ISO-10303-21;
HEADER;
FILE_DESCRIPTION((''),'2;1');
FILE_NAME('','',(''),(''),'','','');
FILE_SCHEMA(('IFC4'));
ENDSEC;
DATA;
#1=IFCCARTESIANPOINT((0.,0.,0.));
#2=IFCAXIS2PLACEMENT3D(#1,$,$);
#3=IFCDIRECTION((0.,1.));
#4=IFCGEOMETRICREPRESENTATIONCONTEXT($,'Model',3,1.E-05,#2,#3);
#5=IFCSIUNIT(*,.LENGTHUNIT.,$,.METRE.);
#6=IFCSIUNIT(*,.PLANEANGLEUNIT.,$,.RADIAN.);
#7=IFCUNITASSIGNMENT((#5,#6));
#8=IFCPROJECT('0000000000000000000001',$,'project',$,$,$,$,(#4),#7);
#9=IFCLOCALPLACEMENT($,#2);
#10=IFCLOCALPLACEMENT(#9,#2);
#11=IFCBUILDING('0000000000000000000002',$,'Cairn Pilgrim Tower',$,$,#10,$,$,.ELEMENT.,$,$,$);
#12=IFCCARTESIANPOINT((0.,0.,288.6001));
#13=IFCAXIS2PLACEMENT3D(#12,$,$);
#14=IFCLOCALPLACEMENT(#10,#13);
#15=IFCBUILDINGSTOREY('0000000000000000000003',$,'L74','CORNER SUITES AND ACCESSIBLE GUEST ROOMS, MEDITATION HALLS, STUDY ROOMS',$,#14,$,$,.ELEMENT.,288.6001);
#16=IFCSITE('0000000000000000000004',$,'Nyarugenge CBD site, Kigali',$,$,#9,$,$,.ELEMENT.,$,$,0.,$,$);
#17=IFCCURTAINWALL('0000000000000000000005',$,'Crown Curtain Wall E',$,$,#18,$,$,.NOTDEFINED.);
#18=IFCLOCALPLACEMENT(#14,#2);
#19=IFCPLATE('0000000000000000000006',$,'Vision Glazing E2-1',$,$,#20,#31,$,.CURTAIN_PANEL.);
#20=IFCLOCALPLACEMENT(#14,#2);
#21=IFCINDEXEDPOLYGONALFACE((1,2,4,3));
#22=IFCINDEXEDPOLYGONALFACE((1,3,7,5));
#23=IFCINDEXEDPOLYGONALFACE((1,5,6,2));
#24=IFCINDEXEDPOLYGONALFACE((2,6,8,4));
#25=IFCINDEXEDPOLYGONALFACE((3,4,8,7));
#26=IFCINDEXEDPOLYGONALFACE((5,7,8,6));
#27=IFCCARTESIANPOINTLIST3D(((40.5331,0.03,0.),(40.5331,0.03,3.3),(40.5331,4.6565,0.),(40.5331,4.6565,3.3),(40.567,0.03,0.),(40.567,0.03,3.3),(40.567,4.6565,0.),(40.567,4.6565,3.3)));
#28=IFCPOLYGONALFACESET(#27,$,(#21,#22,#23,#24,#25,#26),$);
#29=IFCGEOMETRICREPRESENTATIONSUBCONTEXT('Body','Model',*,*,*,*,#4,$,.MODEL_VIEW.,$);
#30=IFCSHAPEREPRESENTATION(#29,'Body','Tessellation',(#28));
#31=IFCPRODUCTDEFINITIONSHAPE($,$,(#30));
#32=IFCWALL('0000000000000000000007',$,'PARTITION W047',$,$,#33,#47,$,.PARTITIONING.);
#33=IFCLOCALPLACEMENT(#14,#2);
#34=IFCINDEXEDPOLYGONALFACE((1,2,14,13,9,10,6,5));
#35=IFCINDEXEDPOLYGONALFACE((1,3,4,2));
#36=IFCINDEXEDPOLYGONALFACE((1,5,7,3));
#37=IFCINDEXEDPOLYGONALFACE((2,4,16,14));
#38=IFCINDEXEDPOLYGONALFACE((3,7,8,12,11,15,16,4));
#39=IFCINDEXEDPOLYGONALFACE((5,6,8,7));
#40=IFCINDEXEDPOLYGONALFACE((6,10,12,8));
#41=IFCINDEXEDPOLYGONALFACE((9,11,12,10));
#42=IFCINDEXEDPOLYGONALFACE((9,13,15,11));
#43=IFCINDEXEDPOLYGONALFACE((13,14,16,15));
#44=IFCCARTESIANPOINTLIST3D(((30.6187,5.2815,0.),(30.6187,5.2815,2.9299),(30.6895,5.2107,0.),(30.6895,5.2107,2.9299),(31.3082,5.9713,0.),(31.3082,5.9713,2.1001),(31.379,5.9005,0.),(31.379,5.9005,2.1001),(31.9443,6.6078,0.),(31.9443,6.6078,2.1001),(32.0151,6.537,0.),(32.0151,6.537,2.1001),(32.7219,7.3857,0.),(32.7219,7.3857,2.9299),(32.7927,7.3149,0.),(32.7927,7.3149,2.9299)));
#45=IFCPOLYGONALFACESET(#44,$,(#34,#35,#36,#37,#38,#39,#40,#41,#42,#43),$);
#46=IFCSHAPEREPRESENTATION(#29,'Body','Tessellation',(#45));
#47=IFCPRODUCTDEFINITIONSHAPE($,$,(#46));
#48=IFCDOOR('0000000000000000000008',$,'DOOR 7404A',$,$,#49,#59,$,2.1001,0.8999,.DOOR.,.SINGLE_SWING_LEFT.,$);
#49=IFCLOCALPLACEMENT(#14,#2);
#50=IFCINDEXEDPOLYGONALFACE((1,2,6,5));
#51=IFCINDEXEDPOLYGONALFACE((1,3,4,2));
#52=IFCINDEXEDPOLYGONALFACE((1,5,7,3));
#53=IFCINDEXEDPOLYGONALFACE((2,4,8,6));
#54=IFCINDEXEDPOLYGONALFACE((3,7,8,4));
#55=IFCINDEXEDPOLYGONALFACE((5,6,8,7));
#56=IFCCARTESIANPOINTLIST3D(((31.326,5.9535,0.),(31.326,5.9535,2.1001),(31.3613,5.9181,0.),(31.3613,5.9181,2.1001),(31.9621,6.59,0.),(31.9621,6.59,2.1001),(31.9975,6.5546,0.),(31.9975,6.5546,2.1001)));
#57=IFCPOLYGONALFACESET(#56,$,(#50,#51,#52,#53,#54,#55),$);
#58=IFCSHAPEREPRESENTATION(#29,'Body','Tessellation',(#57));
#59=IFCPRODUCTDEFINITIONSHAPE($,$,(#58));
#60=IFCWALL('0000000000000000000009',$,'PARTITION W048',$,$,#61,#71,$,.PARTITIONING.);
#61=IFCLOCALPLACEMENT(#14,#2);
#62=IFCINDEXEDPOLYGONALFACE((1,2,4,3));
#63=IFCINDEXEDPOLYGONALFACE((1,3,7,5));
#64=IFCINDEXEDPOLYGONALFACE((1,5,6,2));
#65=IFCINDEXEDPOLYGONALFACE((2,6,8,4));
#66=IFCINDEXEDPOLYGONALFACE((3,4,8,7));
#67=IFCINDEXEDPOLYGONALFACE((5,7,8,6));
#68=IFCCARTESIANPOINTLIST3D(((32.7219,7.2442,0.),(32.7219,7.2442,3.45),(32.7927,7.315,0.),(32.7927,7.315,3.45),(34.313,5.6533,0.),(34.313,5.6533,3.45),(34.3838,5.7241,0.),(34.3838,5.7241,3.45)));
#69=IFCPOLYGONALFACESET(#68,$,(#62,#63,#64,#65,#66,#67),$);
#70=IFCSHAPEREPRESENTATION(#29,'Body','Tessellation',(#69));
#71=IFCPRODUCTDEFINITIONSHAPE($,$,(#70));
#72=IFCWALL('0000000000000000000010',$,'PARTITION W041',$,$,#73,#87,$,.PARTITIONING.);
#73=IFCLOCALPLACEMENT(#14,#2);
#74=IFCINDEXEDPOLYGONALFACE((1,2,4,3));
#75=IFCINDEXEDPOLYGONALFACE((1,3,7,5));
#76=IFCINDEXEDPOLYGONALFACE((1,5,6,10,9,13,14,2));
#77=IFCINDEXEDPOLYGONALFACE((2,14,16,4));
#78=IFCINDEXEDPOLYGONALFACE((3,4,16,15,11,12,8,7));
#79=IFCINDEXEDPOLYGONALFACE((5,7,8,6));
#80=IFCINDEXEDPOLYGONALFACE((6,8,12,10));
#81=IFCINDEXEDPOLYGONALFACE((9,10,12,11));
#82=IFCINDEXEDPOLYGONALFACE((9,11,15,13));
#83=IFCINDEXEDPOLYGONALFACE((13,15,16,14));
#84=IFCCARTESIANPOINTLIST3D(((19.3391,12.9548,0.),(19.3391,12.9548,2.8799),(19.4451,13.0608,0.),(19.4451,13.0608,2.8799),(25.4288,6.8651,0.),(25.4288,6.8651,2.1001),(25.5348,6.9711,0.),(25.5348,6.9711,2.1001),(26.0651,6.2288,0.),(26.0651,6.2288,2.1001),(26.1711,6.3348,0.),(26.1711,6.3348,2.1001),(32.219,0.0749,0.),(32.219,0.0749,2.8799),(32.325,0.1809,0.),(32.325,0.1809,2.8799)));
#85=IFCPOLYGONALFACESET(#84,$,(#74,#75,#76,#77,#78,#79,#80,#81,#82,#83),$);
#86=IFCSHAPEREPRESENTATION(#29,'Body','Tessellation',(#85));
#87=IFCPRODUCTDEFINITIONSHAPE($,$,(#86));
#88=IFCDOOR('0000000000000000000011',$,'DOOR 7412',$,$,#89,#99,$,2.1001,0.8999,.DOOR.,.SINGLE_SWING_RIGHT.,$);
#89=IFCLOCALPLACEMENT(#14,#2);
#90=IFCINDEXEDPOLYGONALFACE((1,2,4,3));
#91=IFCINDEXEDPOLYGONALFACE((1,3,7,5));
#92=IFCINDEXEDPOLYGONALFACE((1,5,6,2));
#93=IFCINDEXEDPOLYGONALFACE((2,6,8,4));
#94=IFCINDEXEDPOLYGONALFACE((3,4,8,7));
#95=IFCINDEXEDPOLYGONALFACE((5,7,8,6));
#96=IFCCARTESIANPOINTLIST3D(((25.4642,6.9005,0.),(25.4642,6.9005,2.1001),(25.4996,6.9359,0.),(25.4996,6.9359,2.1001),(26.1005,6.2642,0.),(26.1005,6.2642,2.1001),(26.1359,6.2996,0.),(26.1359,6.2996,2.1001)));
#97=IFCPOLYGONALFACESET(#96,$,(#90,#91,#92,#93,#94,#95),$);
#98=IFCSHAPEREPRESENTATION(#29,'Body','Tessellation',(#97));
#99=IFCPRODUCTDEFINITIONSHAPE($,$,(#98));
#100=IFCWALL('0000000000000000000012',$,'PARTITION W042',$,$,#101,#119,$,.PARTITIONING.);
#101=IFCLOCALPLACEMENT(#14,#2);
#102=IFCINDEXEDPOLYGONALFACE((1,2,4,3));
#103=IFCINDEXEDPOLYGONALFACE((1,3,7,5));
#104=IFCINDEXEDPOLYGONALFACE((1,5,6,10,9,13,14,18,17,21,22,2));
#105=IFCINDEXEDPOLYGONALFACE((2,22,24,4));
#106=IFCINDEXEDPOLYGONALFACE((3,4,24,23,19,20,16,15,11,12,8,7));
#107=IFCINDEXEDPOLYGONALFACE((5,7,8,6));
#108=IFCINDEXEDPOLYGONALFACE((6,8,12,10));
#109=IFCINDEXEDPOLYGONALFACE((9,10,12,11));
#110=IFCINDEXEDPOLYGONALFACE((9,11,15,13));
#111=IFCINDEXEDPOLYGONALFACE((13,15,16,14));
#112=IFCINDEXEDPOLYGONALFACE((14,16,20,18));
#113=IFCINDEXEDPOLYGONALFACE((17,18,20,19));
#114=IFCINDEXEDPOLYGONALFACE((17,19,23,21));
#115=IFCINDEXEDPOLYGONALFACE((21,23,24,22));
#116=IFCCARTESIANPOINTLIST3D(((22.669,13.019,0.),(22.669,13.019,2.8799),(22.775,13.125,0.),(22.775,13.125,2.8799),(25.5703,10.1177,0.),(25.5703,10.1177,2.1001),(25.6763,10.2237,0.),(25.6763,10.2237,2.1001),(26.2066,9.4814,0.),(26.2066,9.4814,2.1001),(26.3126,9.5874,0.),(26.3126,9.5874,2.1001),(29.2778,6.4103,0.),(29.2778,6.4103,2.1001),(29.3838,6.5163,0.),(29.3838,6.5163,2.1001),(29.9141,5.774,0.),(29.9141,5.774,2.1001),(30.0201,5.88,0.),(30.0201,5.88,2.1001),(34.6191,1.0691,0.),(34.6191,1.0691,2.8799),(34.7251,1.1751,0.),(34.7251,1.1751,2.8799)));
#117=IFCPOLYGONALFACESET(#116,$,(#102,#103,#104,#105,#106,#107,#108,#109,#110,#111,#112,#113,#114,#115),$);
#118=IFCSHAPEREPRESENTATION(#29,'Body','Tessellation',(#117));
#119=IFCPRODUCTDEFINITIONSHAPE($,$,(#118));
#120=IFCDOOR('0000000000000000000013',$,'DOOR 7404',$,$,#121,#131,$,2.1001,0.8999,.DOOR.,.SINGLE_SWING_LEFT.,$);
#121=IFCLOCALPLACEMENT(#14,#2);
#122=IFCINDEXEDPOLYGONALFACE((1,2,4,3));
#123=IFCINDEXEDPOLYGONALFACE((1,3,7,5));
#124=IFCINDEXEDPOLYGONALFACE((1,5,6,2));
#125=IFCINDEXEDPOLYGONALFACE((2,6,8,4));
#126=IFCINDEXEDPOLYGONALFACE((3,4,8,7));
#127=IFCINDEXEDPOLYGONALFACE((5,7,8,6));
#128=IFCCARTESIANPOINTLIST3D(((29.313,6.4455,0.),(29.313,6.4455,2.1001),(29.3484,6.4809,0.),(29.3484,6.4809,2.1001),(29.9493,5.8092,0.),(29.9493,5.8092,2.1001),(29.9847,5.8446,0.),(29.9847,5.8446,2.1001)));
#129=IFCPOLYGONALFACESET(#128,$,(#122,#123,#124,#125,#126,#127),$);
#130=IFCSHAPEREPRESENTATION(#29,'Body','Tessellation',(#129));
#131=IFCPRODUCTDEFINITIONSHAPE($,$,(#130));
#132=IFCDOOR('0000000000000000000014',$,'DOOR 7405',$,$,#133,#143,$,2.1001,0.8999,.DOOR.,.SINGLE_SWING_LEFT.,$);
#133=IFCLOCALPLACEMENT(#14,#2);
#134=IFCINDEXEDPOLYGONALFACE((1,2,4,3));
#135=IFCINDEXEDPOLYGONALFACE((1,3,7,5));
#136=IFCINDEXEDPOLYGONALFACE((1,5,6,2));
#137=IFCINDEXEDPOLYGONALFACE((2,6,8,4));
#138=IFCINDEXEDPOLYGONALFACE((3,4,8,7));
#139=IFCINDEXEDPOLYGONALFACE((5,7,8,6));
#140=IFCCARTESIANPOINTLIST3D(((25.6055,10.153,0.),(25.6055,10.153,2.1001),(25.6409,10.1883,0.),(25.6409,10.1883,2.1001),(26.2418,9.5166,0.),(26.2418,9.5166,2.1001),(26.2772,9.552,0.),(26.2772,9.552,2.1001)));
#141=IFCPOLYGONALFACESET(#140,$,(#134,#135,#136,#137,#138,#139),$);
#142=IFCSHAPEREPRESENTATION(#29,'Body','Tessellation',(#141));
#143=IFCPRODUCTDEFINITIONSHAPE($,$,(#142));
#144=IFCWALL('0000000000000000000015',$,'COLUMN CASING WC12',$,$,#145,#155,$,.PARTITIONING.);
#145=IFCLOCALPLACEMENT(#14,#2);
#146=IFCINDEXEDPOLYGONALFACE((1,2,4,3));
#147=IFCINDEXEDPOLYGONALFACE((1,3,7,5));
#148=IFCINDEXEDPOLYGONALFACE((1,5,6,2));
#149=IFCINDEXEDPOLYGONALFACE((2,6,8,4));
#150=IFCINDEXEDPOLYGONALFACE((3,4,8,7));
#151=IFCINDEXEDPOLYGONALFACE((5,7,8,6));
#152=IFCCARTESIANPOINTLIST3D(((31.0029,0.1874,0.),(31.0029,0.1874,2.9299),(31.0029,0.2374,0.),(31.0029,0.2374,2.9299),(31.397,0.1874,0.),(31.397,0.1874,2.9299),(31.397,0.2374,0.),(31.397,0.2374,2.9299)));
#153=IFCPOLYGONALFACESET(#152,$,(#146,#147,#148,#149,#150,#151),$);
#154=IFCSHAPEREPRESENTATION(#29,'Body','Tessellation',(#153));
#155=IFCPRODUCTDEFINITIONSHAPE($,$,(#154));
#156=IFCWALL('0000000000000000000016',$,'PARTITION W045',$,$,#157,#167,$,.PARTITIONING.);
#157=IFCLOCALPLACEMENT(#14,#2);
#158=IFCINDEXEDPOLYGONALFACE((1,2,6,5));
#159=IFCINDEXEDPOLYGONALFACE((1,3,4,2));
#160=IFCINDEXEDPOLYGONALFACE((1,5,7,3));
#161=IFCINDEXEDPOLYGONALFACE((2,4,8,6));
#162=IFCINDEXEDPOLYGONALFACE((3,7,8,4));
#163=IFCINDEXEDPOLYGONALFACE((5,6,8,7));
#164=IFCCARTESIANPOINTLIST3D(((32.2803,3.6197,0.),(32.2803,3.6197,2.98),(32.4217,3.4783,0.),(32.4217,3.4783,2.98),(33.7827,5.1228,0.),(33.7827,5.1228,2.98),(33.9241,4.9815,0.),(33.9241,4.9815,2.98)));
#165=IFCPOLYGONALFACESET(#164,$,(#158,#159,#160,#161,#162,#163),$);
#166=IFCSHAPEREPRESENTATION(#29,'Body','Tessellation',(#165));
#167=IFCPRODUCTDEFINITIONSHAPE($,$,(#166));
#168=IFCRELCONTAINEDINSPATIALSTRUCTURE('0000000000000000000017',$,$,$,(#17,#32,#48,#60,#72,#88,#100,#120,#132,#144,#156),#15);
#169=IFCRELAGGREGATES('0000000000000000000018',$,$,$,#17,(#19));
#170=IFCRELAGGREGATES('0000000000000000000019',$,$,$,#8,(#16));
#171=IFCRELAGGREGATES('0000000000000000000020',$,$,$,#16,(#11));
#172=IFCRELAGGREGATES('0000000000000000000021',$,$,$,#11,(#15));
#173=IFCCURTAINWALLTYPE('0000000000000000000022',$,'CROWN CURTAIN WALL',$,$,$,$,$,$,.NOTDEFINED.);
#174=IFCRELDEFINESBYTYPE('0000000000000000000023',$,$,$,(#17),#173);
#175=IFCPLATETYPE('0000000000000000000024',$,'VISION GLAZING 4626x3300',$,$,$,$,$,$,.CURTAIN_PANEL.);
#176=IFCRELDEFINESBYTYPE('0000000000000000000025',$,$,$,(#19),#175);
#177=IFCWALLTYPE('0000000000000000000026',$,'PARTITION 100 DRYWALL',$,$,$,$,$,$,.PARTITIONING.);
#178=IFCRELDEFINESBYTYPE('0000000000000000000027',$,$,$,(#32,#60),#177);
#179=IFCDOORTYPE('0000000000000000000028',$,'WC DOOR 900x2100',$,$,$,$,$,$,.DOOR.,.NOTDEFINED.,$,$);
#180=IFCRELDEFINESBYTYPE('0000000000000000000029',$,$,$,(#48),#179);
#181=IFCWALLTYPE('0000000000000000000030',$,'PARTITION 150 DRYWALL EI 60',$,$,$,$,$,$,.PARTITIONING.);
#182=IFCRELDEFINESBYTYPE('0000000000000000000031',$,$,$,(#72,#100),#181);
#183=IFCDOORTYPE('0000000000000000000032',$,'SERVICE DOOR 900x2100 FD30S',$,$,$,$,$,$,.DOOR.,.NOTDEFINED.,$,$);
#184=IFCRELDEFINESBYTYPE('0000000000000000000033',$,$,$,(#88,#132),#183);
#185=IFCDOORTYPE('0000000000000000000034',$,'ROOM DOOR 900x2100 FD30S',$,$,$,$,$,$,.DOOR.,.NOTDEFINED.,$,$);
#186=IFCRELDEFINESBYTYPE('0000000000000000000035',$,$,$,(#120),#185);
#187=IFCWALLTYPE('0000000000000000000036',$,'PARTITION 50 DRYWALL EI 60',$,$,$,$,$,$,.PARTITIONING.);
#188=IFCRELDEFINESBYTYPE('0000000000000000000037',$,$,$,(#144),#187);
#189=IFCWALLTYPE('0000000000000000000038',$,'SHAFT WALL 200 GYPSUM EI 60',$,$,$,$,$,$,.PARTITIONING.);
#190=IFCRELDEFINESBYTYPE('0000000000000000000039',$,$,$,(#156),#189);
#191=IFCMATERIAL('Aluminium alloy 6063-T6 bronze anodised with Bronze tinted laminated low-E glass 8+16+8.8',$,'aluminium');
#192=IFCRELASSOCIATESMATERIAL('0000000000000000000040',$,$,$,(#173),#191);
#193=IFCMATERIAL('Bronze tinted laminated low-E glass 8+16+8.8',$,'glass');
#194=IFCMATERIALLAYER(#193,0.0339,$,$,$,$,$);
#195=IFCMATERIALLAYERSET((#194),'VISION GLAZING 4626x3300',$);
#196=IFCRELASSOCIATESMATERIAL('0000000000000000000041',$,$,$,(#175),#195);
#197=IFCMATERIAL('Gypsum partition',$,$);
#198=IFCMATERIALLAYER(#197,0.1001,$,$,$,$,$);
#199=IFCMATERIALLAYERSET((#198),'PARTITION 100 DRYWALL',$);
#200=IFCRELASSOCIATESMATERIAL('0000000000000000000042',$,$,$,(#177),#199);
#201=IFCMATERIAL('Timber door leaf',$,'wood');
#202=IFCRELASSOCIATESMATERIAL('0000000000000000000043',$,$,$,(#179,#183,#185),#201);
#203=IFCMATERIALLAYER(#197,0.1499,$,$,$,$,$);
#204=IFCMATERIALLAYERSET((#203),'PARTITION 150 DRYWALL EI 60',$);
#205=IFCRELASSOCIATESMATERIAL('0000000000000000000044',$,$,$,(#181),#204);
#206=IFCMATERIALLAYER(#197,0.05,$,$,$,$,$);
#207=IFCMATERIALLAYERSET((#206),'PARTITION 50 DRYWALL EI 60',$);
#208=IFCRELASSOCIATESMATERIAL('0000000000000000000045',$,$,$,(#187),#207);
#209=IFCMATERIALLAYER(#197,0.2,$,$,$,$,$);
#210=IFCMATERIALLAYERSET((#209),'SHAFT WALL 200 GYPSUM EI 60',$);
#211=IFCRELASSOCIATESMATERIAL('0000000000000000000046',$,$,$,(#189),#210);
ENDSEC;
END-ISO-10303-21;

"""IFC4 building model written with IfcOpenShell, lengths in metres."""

from ifc_helpers import new_model, si_unit, direction, frame, frame_2d, origin, origin_2d, place, context, subcontext, project, spatial, rectangle, extrude, material, layer, layer_set, type_object, element, fill, aggregate, save


model = new_model("IFC4")

# Units and contexts
model_context = context("Model", 3, precision=1e-05, world=origin(), true_north=direction((0.0, 1.0)))
body_context = subcontext(model_context, "Body", "Model", "MODEL_VIEW")
ifc_project = project(units=[si_unit("LENGTHUNIT", "METRE"), si_unit("PLANEANGLEUNIT", "RADIAN")], contexts=[model_context])

# Site, building, storey
site_placement = place(None, origin())
site = spatial("IfcSite", under=ifc_project, at=site_placement, Name="Nyarugenge CBD site, Kigali", CompositionType="ELEMENT", RefElevation=0.0)
building_placement = place(site_placement, origin())
building = spatial("IfcBuilding", under=site, at=building_placement, Name="Cairn Pilgrim Tower", CompositionType="ELEMENT")
storey_placement = place(building_placement, frame((0.0, 0.0, 288.6001)))
storey = spatial("IfcBuildingStorey", under=building, at=storey_placement, Name="L74", Description="CORNER SUITES AND ACCESSIBLE GUEST ROOMS, MEDITATION HALLS, STUDY ROOMS", CompositionType="ELEMENT", Elevation=288.6001)

# Curtain wall
ifc_material_1 = material(Name="Aluminium alloy 6063-T6 bronze anodised with Bronze tinted laminated low-E glass 8+16+8.8", Category="aluminium")
curtain_wall_type = type_object("IfcCurtainWallType", Name="CROWN CURTAIN WALL", PredefinedType="NOTDEFINED", material=ifc_material_1)
curtain_wall_1_placement = place(storey_placement, origin())
curtain_wall_1 = element("IfcCurtainWall", 1, at=curtain_wall_1_placement, inside=storey, type_object=curtain_wall_type, Name="Crown Curtain Wall E", PredefinedType="NOTDEFINED")

# Plate
ifc_material_2 = material(Name="Bronze tinted laminated low-E glass 8+16+8.8", Category="glass")
ifc_layer_1 = layer(ifc_material_2, 0.0339)
ifc_layer_set_1 = layer_set([ifc_layer_1], Name="VISION GLAZING 4626x3300")
plate_type_1 = type_object("IfcPlateType", Name="VISION GLAZING 4626x3300", PredefinedType="CURTAIN_PANEL", material=ifc_layer_set_1)
plate_1_placement = place(storey_placement, frame((40.55, 2.3433, 0.0), z_axis=(0.0, 0.0, 1.0), x_axis=(0.0, 1.0, 0.0)))
plate_1 = element("IfcPlate", 2, at=plate_1_placement, type_object=plate_type_1, Name="Vision Glazing E2-1", PredefinedType="CURTAIN_PANEL", context=body_context, shape_type="SweptSolid", body=[
    extrude(rectangle(XDim=4.6265, YDim=0.0339, at=origin_2d()), origin(), (0.0, 0.0, 1.0), 3.3),
])
aggregate(curtain_wall_1, [plate_1])

# Wall, opening, door
ifc_material_3 = material(Name="Gypsum partition")
ifc_layer_2 = layer(ifc_material_3, 0.1001)
ifc_layer_set_2 = layer_set([ifc_layer_2], Name="PARTITION 100 DRYWALL")
wall_type_1 = type_object("IfcWallType", Name="PARTITION 100 DRYWALL", PredefinedType="PARTITIONING", material=ifc_layer_set_2)
wall_1_placement = place(storey_placement, frame((30.6541, 5.2461, 0.0), z_axis=(0.0, 0.0, 1.0), x_axis=(0.706943, 0.707271, 0.0)))
wall_1 = element("IfcWall", 3, at=wall_1_placement, inside=storey, type_object=wall_type_1, Name="PARTITION W047", PredefinedType="PARTITIONING", context=body_context, shape_type="SweptSolid", body=[
    extrude(rectangle(XDim=2.9751, YDim=0.1001, at=frame_2d((1.4875, 0.0))), origin(), (0.0, 0.0, 1.0), 2.9299),
])
opening_1_placement = place(wall_1_placement, frame((0.9753, 0.0, 0.0)))
opening_1 = element("IfcOpeningElement", 4, at=opening_1_placement, cuts=wall_1, PredefinedType="OPENING", context=body_context, shape_type="SweptSolid", body=[
    extrude(rectangle(XDim=0.8999, YDim=2.1001, at=frame_2d((0.45, 1.05))), frame((0.0, 0.0601, 0.0), z_axis=(0.0, -1.0, 0.0), x_axis=(1.0, 0.0, 0.0)), (0.0, 0.0, 1.0), 0.1201),
])
ifc_material_4 = material(Name="Timber door leaf", Category="wood")
door_type_1 = type_object("IfcDoorType", Name="WC DOOR 900x2100", OperationType="NOTDEFINED", PredefinedType="DOOR", material=ifc_material_4)
door_1_placement = place(opening_1_placement, origin())
door_1 = element("IfcDoor", 5, at=door_1_placement, inside=storey, type_object=door_type_1, Name="DOOR 7404A", OperationType="SINGLE_SWING_LEFT", OverallHeight=2.1001, OverallWidth=0.8999, PredefinedType="DOOR", context=body_context, shape_type="SweptSolid", body=[
    extrude(rectangle(XDim=0.8999, YDim=2.1001, at=frame_2d((0.45, 1.05))), frame((0.0, 0.0249, 0.0), z_axis=(0.0, -1.0, 0.0), x_axis=(1.0, 0.0, 0.0)), (0.0, 0.0, 1.0), 0.05),
])
fill(opening_1, door_1)

# Wall
wall_2_placement = place(storey_placement, frame((34.3484, 5.6887, 0.0), z_axis=(0.0, 0.0, 1.0), x_axis=(-0.707161, 0.707053, 0.0)))
element("IfcWall", 6, at=wall_2_placement, inside=storey, type_object=wall_type_1, Name="PARTITION W048", PredefinedType="PARTITIONING", context=body_context, shape_type="SweptSolid", body=[
    extrude(rectangle(XDim=2.25, YDim=0.1001, at=frame_2d((1.125, 0.0))), origin(), (0.0, 0.0, 1.0), 3.45),
])

# Wall, opening, door
ifc_layer_3 = layer(ifc_material_3, 0.1499)
ifc_layer_set_3 = layer_set([ifc_layer_3], Name="PARTITION 150 DRYWALL EI 60")
wall_type_2 = type_object("IfcWallType", Name="PARTITION 150 DRYWALL EI 60", PredefinedType="PARTITIONING", material=ifc_layer_set_3)
wall_3_placement = place(storey_placement, frame((32.272, 0.1279, 0.0), z_axis=(0.0, 0.0, 1.0), x_axis=(-0.707107, 0.707107, 0.0)))
wall_3 = element("IfcWall", 7, at=wall_3_placement, inside=storey, type_object=wall_type_2, Name="PARTITION W041", PredefinedType="PARTITIONING", context=body_context, shape_type="SweptSolid", body=[
    extrude(rectangle(XDim=18.2148, YDim=0.1499, at=frame_2d((9.1074, 0.0))), origin(), (0.0, 0.0, 1.0), 2.8799),
])
opening_2_placement = place(wall_3_placement, frame((8.7029, 0.0, 0.0)))
opening_2 = element("IfcOpeningElement", 8, at=opening_2_placement, cuts=wall_3, PredefinedType="OPENING", context=body_context, shape_type="SweptSolid", body=[
    extrude(rectangle(XDim=0.8999, YDim=2.1001, at=frame_2d((0.45, 1.05))), frame((0.0, 0.085, 0.0), z_axis=(0.0, -1.0, 0.0), x_axis=(1.0, 0.0, 0.0)), (0.0, 0.0, 1.0), 0.1699),
])
door_type_2 = type_object("IfcDoorType", Name="SERVICE DOOR 900x2100 FD30S", OperationType="NOTDEFINED", PredefinedType="DOOR", material=ifc_material_4)
door_2_placement = place(opening_2_placement, origin())
door_2 = element("IfcDoor", 9, at=door_2_placement, inside=storey, type_object=door_type_2, Name="DOOR 7412", OperationType="SINGLE_SWING_RIGHT", OverallHeight=2.1001, OverallWidth=0.8999, PredefinedType="DOOR", context=body_context, shape_type="SweptSolid", body=[
    extrude(rectangle(XDim=0.8999, YDim=2.1001, at=frame_2d((0.45, 1.05))), frame((0.0, 0.0249, 0.0), z_axis=(0.0, -1.0, 0.0), x_axis=(1.0, 0.0, 0.0)), (0.0, 0.0, 1.0), 0.05),
])
fill(opening_2, door_2)

# Wall, openings, doors
wall_4_placement = place(storey_placement, frame((34.6721, 1.1221, 0.0), z_axis=(0.0, 0.0, 1.0), x_axis=(-0.707114, 0.7071, 0.0)))
wall_4 = element("IfcWall", 10, at=wall_4_placement, inside=storey, type_object=wall_type_2, Name="PARTITION W042", PredefinedType="PARTITIONING", context=body_context, shape_type="SweptSolid", body=[
    extrude(rectangle(XDim=16.8999, YDim=0.1499, at=frame_2d((8.45, 0.0))), origin(), (0.0, 0.0, 1.0), 2.8799),
])
opening_3_placement = place(wall_4_placement, frame((6.6538, 0.0, 0.0)))
opening_3 = element("IfcOpeningElement", 11, at=opening_3_placement, cuts=wall_4, PredefinedType="OPENING", context=body_context, shape_type="SweptSolid", body=[
    extrude(rectangle(XDim=0.8999, YDim=2.1001, at=frame_2d((0.45, 1.05))), frame((0.0, 0.085, 0.0), z_axis=(0.0, -1.0, 0.0), x_axis=(1.0, 0.0, 0.0)), (0.0, 0.0, 1.0), 0.1699),
])
opening_4_placement = place(wall_4_placement, frame((11.897, 0.0, 0.0)))
opening_4 = element("IfcOpeningElement", 12, at=opening_4_placement, cuts=wall_4, PredefinedType="OPENING", context=body_context, shape_type="SweptSolid", body=[
    extrude(rectangle(XDim=0.8999, YDim=2.1001, at=frame_2d((0.45, 1.05))), frame((0.0, 0.085, 0.0), z_axis=(0.0, -1.0, 0.0), x_axis=(1.0, 0.0, 0.0)), (0.0, 0.0, 1.0), 0.1699),
])
door_type_3 = type_object("IfcDoorType", Name="ROOM DOOR 900x2100 FD30S", OperationType="NOTDEFINED", PredefinedType="DOOR", material=ifc_material_4)
door_3_placement = place(opening_3_placement, frame((0.8999, 0.0, 0.0), z_axis=(0.0, 0.0, 1.0), x_axis=(-1.0, 0.0, 0.0)))
door_3 = element("IfcDoor", 13, at=door_3_placement, inside=storey, type_object=door_type_3, Name="DOOR 7404", OperationType="SINGLE_SWING_LEFT", OverallHeight=2.1001, OverallWidth=0.8999, PredefinedType="DOOR", context=body_context, shape_type="SweptSolid", body=[
    extrude(rectangle(XDim=0.8999, YDim=2.1001, at=frame_2d((0.45, 1.05))), frame((0.0, 0.0249, 0.0), z_axis=(0.0, -1.0, 0.0), x_axis=(1.0, 0.0, 0.0)), (0.0, 0.0, 1.0), 0.05),
])
fill(opening_3, door_3)
door_4_placement = place(opening_4_placement, frame((0.8999, 0.0, 0.0), z_axis=(0.0, 0.0, 1.0), x_axis=(-1.0, 0.0, 0.0)))
door_4 = element("IfcDoor", 14, at=door_4_placement, inside=storey, type_object=door_type_2, Name="DOOR 7405", OperationType="SINGLE_SWING_LEFT", OverallHeight=2.1001, OverallWidth=0.8999, PredefinedType="DOOR", context=body_context, shape_type="SweptSolid", body=[
    extrude(rectangle(XDim=0.8999, YDim=2.1001, at=frame_2d((0.45, 1.05))), frame((0.0, 0.0249, 0.0), z_axis=(0.0, -1.0, 0.0), x_axis=(1.0, 0.0, 0.0)), (0.0, 0.0, 1.0), 0.05),
])
fill(opening_4, door_4)

# Walls
ifc_layer_4 = layer(ifc_material_3, 0.05)
ifc_layer_set_4 = layer_set([ifc_layer_4], Name="PARTITION 50 DRYWALL EI 60")
wall_type_3 = type_object("IfcWallType", Name="PARTITION 50 DRYWALL EI 60", PredefinedType="PARTITIONING", material=ifc_layer_set_4)
wall_5_placement = place(storey_placement, frame((31.0029, 0.2124, 0.0), z_axis=(0.0, 0.0, 1.0), x_axis=(1.0, 0.0, 0.0)))
element("IfcWall", 15, at=wall_5_placement, inside=storey, type_object=wall_type_3, Name="COLUMN CASING WC12", PredefinedType="PARTITIONING", context=body_context, shape_type="SweptSolid", body=[
    extrude(rectangle(XDim=0.394, YDim=0.05, at=frame_2d((0.197, 0.0))), origin(), (0.0, 0.0, 1.0), 2.9299),
])
ifc_layer_5 = layer(ifc_material_3, 0.2)
ifc_layer_set_5 = layer_set([ifc_layer_5], Name="SHAFT WALL 200 GYPSUM EI 60")
wall_type_4 = type_object("IfcWallType", Name="SHAFT WALL 200 GYPSUM EI 60", PredefinedType="PARTITIONING", material=ifc_layer_set_5)
wall_6_placement = place(storey_placement, frame((32.3511, 3.5491, 0.0), z_axis=(0.0, 0.0, 1.0), x_axis=(0.706934, 0.707279, 0.0)))
element("IfcWall", 16, at=wall_6_placement, inside=storey, type_object=wall_type_4, Name="PARTITION W045", PredefinedType="PARTITIONING", context=body_context, shape_type="SweptSolid", body=[
    extrude(rectangle(XDim=2.1252, YDim=0.2, at=frame_2d((1.0625, 0.0))), origin(), (0.0, 0.0, 1.0), 2.98),
])

save(model, "model.ifc")
